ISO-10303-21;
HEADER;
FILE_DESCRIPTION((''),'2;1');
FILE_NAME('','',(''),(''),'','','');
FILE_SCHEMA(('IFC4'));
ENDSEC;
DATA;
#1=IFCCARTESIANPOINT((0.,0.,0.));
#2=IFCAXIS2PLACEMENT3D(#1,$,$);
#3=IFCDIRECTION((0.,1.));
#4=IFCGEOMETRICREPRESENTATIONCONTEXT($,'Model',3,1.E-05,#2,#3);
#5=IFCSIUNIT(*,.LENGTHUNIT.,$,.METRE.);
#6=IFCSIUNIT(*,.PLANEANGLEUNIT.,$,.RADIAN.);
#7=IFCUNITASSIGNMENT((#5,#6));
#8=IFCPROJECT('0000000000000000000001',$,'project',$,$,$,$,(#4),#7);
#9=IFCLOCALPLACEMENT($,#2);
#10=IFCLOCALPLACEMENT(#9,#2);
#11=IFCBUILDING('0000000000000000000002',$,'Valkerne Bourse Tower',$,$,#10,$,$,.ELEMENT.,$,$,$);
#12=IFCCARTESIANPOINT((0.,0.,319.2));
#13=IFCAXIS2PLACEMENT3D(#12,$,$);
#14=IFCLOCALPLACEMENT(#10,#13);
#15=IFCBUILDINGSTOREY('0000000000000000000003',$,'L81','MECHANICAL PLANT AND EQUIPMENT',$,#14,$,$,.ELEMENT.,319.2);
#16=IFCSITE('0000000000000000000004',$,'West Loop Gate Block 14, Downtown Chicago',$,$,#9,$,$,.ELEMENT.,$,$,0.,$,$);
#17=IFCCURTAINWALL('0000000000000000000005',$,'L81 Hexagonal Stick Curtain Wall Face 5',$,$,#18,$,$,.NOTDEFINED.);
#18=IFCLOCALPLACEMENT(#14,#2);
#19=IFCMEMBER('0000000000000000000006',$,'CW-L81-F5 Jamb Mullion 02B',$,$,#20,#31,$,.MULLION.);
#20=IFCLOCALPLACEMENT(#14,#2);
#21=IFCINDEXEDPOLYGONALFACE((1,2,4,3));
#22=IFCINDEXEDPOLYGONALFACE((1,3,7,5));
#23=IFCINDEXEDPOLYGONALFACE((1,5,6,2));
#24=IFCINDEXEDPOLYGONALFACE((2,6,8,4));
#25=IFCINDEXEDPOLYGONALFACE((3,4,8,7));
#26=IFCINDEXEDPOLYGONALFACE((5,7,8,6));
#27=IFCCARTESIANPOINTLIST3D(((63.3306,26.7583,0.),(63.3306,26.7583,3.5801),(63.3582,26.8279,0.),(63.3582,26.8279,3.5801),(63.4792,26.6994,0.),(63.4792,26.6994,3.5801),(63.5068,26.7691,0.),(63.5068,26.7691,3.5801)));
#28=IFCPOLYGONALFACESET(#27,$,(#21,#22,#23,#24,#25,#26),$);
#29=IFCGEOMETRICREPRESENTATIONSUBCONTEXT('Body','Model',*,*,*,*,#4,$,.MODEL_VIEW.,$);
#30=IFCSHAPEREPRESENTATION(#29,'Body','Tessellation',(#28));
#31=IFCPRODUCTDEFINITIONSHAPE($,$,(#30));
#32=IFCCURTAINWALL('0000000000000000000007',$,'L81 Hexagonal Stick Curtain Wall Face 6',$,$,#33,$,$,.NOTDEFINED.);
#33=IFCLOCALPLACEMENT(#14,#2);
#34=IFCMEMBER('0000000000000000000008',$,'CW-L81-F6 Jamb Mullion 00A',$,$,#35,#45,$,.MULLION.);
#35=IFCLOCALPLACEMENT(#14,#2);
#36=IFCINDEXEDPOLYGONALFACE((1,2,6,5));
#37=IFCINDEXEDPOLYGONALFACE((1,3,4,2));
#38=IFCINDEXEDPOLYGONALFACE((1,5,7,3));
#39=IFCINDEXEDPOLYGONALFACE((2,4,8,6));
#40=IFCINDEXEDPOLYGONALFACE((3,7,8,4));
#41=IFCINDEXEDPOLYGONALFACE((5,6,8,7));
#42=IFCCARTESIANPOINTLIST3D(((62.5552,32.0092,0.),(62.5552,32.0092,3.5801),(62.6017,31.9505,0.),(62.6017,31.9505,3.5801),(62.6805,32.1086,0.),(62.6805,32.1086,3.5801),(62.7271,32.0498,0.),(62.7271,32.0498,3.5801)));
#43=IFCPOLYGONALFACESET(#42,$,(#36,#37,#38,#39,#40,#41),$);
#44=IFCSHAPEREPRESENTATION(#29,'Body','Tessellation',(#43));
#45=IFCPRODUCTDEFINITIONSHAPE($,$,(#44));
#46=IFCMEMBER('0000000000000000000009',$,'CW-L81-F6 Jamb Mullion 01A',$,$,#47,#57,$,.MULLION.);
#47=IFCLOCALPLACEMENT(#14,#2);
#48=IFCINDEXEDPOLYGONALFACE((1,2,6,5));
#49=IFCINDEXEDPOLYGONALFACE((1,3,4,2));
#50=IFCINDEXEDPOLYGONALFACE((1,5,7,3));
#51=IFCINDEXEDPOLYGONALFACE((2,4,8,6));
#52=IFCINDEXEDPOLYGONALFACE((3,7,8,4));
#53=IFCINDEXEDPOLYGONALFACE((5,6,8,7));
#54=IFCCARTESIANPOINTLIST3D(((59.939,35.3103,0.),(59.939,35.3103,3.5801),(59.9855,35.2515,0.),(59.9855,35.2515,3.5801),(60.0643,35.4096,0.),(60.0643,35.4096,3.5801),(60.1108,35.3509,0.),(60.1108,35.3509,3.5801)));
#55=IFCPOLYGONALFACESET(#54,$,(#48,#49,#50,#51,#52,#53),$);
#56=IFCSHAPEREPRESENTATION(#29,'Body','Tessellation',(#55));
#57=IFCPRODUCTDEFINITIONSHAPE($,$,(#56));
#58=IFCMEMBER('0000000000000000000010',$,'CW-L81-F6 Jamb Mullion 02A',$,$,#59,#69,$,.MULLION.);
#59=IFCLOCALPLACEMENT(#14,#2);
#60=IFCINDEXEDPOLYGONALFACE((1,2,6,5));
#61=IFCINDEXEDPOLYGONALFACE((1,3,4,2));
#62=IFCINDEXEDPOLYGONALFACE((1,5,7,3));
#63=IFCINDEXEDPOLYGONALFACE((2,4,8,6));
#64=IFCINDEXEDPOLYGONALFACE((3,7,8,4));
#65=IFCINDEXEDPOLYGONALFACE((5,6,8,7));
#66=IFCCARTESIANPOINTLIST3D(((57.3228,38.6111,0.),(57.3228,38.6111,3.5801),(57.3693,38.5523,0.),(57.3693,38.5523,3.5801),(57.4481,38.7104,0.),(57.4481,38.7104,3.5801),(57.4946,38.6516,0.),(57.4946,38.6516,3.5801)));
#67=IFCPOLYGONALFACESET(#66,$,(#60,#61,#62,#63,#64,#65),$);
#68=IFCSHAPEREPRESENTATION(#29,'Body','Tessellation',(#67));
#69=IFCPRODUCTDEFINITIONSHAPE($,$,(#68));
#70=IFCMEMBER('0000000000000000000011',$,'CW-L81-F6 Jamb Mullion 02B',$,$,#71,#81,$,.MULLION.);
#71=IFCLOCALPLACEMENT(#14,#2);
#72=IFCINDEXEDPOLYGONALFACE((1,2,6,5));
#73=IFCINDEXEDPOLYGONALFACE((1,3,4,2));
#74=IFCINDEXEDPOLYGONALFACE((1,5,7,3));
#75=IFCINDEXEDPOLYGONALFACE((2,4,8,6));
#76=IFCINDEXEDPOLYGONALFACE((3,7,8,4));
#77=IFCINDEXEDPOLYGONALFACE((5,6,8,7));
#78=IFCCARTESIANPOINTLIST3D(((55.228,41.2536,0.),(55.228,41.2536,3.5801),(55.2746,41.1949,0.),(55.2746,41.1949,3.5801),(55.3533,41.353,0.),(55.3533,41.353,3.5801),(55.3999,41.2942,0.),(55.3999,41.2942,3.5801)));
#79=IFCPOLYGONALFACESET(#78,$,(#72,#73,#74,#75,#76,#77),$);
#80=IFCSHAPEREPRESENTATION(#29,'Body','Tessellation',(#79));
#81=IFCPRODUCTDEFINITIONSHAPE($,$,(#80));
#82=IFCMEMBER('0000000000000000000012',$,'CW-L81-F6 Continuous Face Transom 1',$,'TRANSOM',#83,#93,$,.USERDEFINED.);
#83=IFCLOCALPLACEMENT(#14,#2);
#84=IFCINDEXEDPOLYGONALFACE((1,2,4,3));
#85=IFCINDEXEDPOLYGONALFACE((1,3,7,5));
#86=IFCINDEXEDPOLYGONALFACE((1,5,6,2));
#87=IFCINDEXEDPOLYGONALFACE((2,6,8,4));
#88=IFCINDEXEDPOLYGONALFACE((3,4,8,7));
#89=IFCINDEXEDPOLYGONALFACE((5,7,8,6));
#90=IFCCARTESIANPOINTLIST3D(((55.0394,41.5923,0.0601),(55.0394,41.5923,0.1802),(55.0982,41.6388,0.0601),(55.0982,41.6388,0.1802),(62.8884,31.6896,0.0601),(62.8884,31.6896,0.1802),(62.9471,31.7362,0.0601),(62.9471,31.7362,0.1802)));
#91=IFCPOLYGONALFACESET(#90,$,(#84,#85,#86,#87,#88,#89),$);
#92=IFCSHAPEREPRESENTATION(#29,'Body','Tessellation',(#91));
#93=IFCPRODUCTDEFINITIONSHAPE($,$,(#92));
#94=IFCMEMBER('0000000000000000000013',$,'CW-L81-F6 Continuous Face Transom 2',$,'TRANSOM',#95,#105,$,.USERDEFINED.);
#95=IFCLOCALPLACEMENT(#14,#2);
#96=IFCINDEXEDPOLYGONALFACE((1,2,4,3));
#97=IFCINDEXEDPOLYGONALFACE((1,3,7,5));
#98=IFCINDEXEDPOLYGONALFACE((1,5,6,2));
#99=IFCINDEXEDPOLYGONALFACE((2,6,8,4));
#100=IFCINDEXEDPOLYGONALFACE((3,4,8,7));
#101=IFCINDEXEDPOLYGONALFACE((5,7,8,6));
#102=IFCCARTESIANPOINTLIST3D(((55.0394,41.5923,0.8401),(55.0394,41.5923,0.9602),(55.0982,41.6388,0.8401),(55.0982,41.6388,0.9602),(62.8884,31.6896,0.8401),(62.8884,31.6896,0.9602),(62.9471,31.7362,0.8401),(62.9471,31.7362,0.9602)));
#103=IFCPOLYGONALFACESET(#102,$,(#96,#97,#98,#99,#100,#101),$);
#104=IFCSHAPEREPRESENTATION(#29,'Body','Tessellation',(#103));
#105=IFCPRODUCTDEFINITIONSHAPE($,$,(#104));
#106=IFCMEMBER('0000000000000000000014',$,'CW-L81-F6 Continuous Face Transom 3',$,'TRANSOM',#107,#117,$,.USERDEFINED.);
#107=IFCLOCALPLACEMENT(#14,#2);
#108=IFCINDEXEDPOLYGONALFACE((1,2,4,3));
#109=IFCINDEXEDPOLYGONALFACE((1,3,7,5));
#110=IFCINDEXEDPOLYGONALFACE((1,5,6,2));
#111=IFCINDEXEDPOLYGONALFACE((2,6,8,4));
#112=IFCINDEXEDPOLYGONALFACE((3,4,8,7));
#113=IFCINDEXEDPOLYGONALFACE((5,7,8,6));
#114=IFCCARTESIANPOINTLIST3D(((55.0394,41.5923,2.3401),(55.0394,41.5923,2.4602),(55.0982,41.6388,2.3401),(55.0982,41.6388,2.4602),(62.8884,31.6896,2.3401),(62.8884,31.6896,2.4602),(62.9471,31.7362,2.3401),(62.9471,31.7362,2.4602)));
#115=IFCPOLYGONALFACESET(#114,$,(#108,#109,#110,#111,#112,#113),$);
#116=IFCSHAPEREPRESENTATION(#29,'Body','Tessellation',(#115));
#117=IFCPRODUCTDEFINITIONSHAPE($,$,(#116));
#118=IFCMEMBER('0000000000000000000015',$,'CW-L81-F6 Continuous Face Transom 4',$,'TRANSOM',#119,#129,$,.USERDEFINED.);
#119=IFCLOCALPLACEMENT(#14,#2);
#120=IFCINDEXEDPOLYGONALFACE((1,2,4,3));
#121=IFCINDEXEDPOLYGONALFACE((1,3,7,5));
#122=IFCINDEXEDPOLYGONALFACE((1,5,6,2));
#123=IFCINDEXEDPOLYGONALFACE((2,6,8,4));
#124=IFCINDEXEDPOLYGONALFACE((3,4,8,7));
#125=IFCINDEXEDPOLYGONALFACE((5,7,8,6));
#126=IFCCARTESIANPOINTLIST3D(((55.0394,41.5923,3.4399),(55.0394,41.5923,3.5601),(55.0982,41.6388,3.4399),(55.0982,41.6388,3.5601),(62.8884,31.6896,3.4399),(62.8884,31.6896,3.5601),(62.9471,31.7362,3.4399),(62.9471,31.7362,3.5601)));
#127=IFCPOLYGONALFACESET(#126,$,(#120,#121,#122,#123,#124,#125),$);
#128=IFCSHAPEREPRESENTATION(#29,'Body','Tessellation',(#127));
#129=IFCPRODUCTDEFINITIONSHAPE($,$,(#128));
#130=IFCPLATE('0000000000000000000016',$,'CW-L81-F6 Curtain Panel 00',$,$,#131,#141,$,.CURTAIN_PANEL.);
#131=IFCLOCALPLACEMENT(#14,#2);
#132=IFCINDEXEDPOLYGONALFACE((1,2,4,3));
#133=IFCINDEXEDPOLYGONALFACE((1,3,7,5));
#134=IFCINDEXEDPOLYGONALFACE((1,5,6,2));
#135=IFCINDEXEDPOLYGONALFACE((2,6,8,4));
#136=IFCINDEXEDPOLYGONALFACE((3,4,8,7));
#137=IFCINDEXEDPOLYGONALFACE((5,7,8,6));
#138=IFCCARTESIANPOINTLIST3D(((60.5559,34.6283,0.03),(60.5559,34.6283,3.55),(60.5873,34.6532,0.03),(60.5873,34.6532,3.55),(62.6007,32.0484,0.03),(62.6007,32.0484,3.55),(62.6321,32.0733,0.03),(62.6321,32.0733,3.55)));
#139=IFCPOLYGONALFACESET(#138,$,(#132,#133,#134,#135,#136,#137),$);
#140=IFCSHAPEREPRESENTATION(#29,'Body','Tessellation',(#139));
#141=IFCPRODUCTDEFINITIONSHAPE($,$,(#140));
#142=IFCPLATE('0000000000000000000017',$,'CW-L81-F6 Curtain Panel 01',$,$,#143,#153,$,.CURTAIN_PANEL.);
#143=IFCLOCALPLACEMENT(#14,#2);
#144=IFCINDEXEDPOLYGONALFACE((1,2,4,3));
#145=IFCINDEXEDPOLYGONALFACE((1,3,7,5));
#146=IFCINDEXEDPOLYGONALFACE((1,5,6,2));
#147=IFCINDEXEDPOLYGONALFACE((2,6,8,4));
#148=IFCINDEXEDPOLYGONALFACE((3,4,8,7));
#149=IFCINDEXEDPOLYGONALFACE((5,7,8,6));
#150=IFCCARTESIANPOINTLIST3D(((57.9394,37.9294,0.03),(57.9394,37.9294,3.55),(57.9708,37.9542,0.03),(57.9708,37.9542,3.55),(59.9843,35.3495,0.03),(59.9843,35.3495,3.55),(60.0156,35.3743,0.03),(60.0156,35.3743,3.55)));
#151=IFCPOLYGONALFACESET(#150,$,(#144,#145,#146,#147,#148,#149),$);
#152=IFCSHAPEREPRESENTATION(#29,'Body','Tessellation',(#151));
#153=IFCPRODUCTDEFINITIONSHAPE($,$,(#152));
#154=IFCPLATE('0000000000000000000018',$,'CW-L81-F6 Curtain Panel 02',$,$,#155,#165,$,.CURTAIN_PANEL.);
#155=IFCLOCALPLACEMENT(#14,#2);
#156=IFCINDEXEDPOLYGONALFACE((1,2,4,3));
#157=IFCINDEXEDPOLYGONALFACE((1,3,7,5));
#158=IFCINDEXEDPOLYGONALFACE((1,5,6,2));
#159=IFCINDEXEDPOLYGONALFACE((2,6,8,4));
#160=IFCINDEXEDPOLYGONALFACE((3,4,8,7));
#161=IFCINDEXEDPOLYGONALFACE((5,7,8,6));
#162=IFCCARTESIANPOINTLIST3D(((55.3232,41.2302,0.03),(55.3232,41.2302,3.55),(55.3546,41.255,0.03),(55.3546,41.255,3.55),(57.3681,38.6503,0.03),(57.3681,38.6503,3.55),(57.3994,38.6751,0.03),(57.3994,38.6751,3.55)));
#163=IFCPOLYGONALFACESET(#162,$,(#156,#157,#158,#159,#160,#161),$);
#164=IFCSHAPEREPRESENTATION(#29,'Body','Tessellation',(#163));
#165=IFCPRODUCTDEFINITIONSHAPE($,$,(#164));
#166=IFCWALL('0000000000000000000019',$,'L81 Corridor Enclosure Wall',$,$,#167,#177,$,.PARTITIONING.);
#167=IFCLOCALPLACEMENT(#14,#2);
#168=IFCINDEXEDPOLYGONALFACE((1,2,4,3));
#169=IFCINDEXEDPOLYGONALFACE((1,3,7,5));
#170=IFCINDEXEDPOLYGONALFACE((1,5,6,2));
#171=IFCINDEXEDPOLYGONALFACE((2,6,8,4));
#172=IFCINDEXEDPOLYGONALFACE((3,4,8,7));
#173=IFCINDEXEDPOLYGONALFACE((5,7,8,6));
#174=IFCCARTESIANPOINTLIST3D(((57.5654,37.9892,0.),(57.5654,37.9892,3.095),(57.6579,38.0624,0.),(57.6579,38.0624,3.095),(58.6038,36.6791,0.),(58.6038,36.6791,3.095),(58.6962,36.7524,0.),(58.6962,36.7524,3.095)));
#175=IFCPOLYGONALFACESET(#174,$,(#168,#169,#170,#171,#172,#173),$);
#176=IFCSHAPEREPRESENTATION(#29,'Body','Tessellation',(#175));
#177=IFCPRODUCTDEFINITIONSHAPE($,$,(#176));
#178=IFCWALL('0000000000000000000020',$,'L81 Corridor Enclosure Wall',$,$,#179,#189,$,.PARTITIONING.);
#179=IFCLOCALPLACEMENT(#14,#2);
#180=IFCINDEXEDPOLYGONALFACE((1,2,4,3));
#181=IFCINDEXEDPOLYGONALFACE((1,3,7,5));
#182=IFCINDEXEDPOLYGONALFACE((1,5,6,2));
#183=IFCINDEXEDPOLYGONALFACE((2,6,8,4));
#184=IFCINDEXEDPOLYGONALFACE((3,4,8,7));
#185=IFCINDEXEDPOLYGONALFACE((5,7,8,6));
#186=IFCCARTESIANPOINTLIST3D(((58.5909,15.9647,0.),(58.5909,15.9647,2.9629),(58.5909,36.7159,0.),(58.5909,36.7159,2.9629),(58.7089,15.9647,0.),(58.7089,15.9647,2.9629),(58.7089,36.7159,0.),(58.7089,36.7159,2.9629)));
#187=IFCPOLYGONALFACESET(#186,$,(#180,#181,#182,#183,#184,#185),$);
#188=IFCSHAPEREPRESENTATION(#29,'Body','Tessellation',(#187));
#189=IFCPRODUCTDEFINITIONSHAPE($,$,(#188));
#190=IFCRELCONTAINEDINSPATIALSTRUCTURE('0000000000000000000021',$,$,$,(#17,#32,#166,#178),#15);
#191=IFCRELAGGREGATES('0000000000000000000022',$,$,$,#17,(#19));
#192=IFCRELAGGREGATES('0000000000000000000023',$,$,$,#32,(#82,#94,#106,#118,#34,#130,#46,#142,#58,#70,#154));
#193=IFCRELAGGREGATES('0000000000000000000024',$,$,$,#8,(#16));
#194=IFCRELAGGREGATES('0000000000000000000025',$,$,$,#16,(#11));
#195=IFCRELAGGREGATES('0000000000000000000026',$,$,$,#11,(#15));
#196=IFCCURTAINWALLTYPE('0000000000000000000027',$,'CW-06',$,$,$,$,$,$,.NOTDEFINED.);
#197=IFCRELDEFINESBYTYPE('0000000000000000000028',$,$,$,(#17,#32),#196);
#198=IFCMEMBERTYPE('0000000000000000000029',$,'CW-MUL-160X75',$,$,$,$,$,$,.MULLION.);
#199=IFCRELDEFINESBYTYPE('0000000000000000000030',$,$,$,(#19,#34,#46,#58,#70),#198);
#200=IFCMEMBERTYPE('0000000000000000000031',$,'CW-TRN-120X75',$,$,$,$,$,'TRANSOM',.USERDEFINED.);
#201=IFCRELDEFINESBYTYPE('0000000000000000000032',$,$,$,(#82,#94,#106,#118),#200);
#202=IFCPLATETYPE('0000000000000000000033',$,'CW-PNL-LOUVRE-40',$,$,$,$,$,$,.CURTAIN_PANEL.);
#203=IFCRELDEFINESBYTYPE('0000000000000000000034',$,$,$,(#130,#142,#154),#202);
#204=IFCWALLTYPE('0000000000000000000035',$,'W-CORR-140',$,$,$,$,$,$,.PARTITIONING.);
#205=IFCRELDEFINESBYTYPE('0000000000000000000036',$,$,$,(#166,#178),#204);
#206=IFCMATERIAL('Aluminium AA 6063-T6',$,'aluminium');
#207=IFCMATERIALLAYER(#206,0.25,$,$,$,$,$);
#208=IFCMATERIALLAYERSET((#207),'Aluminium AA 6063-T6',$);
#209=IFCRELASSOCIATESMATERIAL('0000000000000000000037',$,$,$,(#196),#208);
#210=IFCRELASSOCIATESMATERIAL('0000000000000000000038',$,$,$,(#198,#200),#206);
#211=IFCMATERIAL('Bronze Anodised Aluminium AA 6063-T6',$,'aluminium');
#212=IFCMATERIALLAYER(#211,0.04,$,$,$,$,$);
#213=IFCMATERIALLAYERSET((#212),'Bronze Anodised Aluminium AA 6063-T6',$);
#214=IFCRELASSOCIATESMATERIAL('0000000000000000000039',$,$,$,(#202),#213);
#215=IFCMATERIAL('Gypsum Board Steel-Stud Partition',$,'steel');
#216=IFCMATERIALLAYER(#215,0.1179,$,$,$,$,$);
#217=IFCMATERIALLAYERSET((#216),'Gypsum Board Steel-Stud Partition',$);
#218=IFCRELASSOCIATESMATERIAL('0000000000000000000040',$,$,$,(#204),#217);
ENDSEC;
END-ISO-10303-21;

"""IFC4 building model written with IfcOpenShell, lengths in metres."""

from ifc_helpers import new_model, si_unit, direction, frame, frame_2d, origin, origin_2d, place, context, subcontext, project, spatial, rectangle, extrude, material, layer, layer_set, material_profile, profile_set, type_object, element, aggregate, save


model = new_model("IFC4")

# Units and contexts
model_context = context("Model", 3, precision=1e-05, world=origin(), true_north=direction((0.0, 1.0)))
body_context = subcontext(model_context, "Body", "Model", "MODEL_VIEW")
ifc_project = project(units=[si_unit("LENGTHUNIT", "METRE"), si_unit("PLANEANGLEUNIT", "RADIAN")], contexts=[model_context])

# Site, building, storey
site_placement = place(None, origin())
site = spatial("IfcSite", under=ifc_project, at=site_placement, Name="West Loop Gate Block 14, Downtown Chicago", CompositionType="ELEMENT", RefElevation=0.0)
building_placement = place(site_placement, origin())
building = spatial("IfcBuilding", under=site, at=building_placement, Name="Valkerne Bourse Tower", CompositionType="ELEMENT")
storey_placement = place(building_placement, frame((0.0, 0.0, 319.2)))
storey = spatial("IfcBuildingStorey", under=building, at=storey_placement, Name="L81", Description="MECHANICAL PLANT AND EQUIPMENT", CompositionType="ELEMENT", Elevation=319.2)

# Curtain wall, member
ifc_material_1 = material(Name="Aluminium AA 6063-T6", Category="aluminium")
ifc_layer_1 = layer(ifc_material_1, 0.25)
ifc_layer_set_1 = layer_set([ifc_layer_1], Name="Aluminium AA 6063-T6")
curtain_wall_type = type_object("IfcCurtainWallType", Name="CW-06", PredefinedType="NOTDEFINED", material=ifc_layer_set_1)
curtain_wall_1_placement = place(storey_placement, origin())
curtain_wall_1 = element("IfcCurtainWall", 1, at=curtain_wall_1_placement, inside=storey, type_object=curtain_wall_type, Name="L81 Hexagonal Stick Curtain Wall Face 5", PredefinedType="NOTDEFINED")
ifc_material_profile_1 = material_profile(ifc_material_1, rectangle(XDim=0.075, YDim=0.1599, at=origin_2d()), Name="CWM-75X160")
ifc_profile_set_1 = profile_set([ifc_material_profile_1], Name="Aluminium AA 6063-T6")
member_type_1 = type_object("IfcMemberType", Name="CW-MUL-160X75", PredefinedType="MULLION", material=ifc_profile_set_1)
member_1_placement = place(storey_placement, frame((63.4187, 26.7637, 0.0), z_axis=(0.0, 0.0, 1.0), x_axis=(0.368118, 0.929779, 0.0)))
member_1 = element("IfcMember", 2, at=member_1_placement, type_object=member_type_1, Name="CW-L81-F5 Jamb Mullion 02B", PredefinedType="MULLION", context=body_context, shape_type="SweptSolid", body=[
    extrude(rectangle(XDim=0.075, YDim=0.1599, at=origin_2d()), origin(), (0.0, 0.0, 1.0), 3.5801),
])
aggregate(curtain_wall_1, [member_1])

# Curtain wall, members, plates
curtain_wall_2_placement = place(storey_placement, origin())
curtain_wall_2 = element("IfcCurtainWall", 3, at=curtain_wall_2_placement, inside=storey, type_object=curtain_wall_type, Name="L81 Hexagonal Stick Curtain Wall Face 6", PredefinedType="NOTDEFINED")
member_2_placement = place(storey_placement, frame((62.6411, 32.0295, 0.0), z_axis=(0.0, 0.0, 1.0), x_axis=(-0.621153, 0.783689, 0.0)))
member_2 = element("IfcMember", 4, at=member_2_placement, type_object=member_type_1, Name="CW-L81-F6 Jamb Mullion 00A", PredefinedType="MULLION", context=body_context, shape_type="SweptSolid", body=[
    extrude(rectangle(XDim=0.075, YDim=0.1599, at=origin_2d()), origin(), (0.0, 0.0, 1.0), 3.5801),
])
member_3_placement = place(storey_placement, frame((60.0249, 35.3306, 0.0), z_axis=(0.0, 0.0, 1.0), x_axis=(-0.621153, 0.783689, 0.0)))
member_3 = element("IfcMember", 5, at=member_3_placement, type_object=member_type_1, Name="CW-L81-F6 Jamb Mullion 01A", PredefinedType="MULLION", context=body_context, shape_type="SweptSolid", body=[
    extrude(rectangle(XDim=0.075, YDim=0.1599, at=origin_2d()), origin(), (0.0, 0.0, 1.0), 3.5801),
])
member_4_placement = place(storey_placement, frame((57.4087, 38.6313, 0.0), z_axis=(0.0, 0.0, 1.0), x_axis=(-0.621153, 0.783689, 0.0)))
member_4 = element("IfcMember", 6, at=member_4_placement, type_object=member_type_1, Name="CW-L81-F6 Jamb Mullion 02A", PredefinedType="MULLION", context=body_context, shape_type="SweptSolid", body=[
    extrude(rectangle(XDim=0.075, YDim=0.1599, at=origin_2d()), origin(), (0.0, 0.0, 1.0), 3.5801),
])
member_5_placement = place(storey_placement, frame((55.314, 41.2739, 0.0), z_axis=(0.0, 0.0, 1.0), x_axis=(-0.621153, 0.783689, 0.0)))
member_5 = element("IfcMember", 7, at=member_5_placement, type_object=member_type_1, Name="CW-L81-F6 Jamb Mullion 02B", PredefinedType="MULLION", context=body_context, shape_type="SweptSolid", body=[
    extrude(rectangle(XDim=0.075, YDim=0.1599, at=origin_2d()), origin(), (0.0, 0.0, 1.0), 3.5801),
])
ifc_material_profile_2 = material_profile(ifc_material_1, rectangle(XDim=0.075, YDim=0.1201, at=origin_2d()), Name="CWT-75X120")
ifc_profile_set_2 = profile_set([ifc_material_profile_2], Name="Aluminium AA 6063-T6")
member_type_2 = type_object("IfcMemberType", Name="CW-TRN-120X75", ElementType="TRANSOM", PredefinedType="USERDEFINED", material=ifc_profile_set_2)
member_6_placement = place(storey_placement, frame((62.9177, 31.7129, 0.1201), z_axis=(-0.621157, 0.783686, 0.0), x_axis=(-0.783686, -0.621157, 0.0)))
member_6 = element("IfcMember", 8, at=member_6_placement, type_object=member_type_2, Name="CW-L81-F6 Continuous Face Transom 1", ObjectType="TRANSOM", PredefinedType="USERDEFINED", context=body_context, shape_type="SweptSolid", body=[
    extrude(rectangle(XDim=0.075, YDim=0.1201, at=origin_2d()), origin(), (0.0, 0.0, 1.0), 12.636),
])
member_7_placement = place(storey_placement, frame((62.9177, 31.7129, 0.9001), z_axis=(-0.621157, 0.783686, 0.0), x_axis=(-0.783686, -0.621157, 0.0)))
member_7 = element("IfcMember", 9, at=member_7_placement, type_object=member_type_2, Name="CW-L81-F6 Continuous Face Transom 2", ObjectType="TRANSOM", PredefinedType="USERDEFINED", context=body_context, shape_type="SweptSolid", body=[
    extrude(rectangle(XDim=0.075, YDim=0.1201, at=origin_2d()), origin(), (0.0, 0.0, 1.0), 12.636),
])
member_8_placement = place(storey_placement, frame((62.9177, 31.7129, 2.4001), z_axis=(-0.621157, 0.783686, 0.0), x_axis=(-0.783686, -0.621157, 0.0)))
member_8 = element("IfcMember", 10, at=member_8_placement, type_object=member_type_2, Name="CW-L81-F6 Continuous Face Transom 3", ObjectType="TRANSOM", PredefinedType="USERDEFINED", context=body_context, shape_type="SweptSolid", body=[
    extrude(rectangle(XDim=0.075, YDim=0.1201, at=origin_2d()), origin(), (0.0, 0.0, 1.0), 12.636),
])
member_9_placement = place(storey_placement, frame((62.9177, 31.7129, 3.5), z_axis=(-0.621157, 0.783686, 0.0), x_axis=(-0.783686, -0.621157, 0.0)))
member_9 = element("IfcMember", 11, at=member_9_placement, type_object=member_type_2, Name="CW-L81-F6 Continuous Face Transom 4", ObjectType="TRANSOM", PredefinedType="USERDEFINED", context=body_context, shape_type="SweptSolid", body=[
    extrude(rectangle(XDim=0.075, YDim=0.1201, at=origin_2d()), origin(), (0.0, 0.0, 1.0), 12.636),
])
ifc_material_2 = material(Name="Bronze Anodised Aluminium AA 6063-T6", Category="aluminium")
ifc_layer_2 = layer(ifc_material_2, 0.04)
ifc_layer_set_2 = layer_set([ifc_layer_2], Name="Bronze Anodised Aluminium AA 6063-T6")
plate_type = type_object("IfcPlateType", Name="CW-PNL-LOUVRE-40", PredefinedType="CURTAIN_PANEL", material=ifc_layer_set_2)
plate_1_placement = place(storey_placement, frame((61.594, 33.3508, 0.03), z_axis=(0.0, 0.0, 1.0), x_axis=(-0.621153, 0.783689, 0.0)))
plate_1 = element("IfcPlate", 12, at=plate_1_placement, type_object=plate_type, Name="CW-L81-F6 Curtain Panel 00", PredefinedType="CURTAIN_PANEL", context=body_context, shape_type="SweptSolid", body=[
    extrude(rectangle(XDim=3.292, YDim=0.04, at=origin_2d()), origin(), (0.0, 0.0, 1.0), 3.52),
])
plate_2_placement = place(storey_placement, frame((58.9775, 36.6519, 0.03), z_axis=(0.0, 0.0, 1.0), x_axis=(-0.621153, 0.783689, 0.0)))
plate_2 = element("IfcPlate", 13, at=plate_2_placement, type_object=plate_type, Name="CW-L81-F6 Curtain Panel 01", PredefinedType="CURTAIN_PANEL", context=body_context, shape_type="SweptSolid", body=[
    extrude(rectangle(XDim=3.292, YDim=0.04, at=origin_2d()), origin(), (0.0, 0.0, 1.0), 3.52),
])
plate_3_placement = place(storey_placement, frame((56.3613, 39.9526, 0.03), z_axis=(0.0, 0.0, 1.0), x_axis=(-0.621153, 0.783689, 0.0)))
plate_3 = element("IfcPlate", 14, at=plate_3_placement, type_object=plate_type, Name="CW-L81-F6 Curtain Panel 02", PredefinedType="CURTAIN_PANEL", context=body_context, shape_type="SweptSolid", body=[
    extrude(rectangle(XDim=3.292, YDim=0.04, at=origin_2d()), origin(), (0.0, 0.0, 1.0), 3.52),
])
aggregate(curtain_wall_2, [member_6, member_7, member_8, member_9, member_2, plate_1, member_3, plate_2, member_4, member_5, plate_3])

# Walls
ifc_material_3 = material(Name="Gypsum Board Steel-Stud Partition", Category="steel")
ifc_layer_3 = layer(ifc_material_3, 0.1179)
ifc_layer_set_3 = layer_set([ifc_layer_3], Name="Gypsum Board Steel-Stud Partition")
wall_type_1 = type_object("IfcWallType", Name="W-CORR-140", PredefinedType="PARTITIONING", material=ifc_layer_set_3)
wall_1_placement = place(storey_placement, frame((57.6116, 38.0259, 0.0), z_axis=(0.0, 0.0, 1.0), x_axis=(0.621144, -0.783696, 0.0)))
element("IfcWall", 15, at=wall_1_placement, inside=storey, type_object=wall_type_1, Name="L81 Corridor Enclosure Wall", PredefinedType="PARTITIONING", context=body_context, shape_type="SweptSolid", body=[
    extrude(rectangle(XDim=1.6716, YDim=0.1179, at=frame_2d((0.8359, 0.0))), origin(), (0.0, 0.0, 1.0), 3.095),
])
wall_2_placement = place(storey_placement, frame((58.6499, 36.7158, 0.0), z_axis=(0.0, 0.0, 1.0), x_axis=(0.0, -1.0, 0.0)))
element("IfcWall", 16, at=wall_2_placement, inside=storey, type_object=wall_type_1, Name="L81 Corridor Enclosure Wall", PredefinedType="PARTITIONING", context=body_context, shape_type="SweptSolid", body=[
    extrude(rectangle(XDim=20.7512, YDim=0.1179, at=frame_2d((10.3755, 0.0))), origin(), (0.0, 0.0, 1.0), 2.9629),
])

save(model, "model.ifc")
